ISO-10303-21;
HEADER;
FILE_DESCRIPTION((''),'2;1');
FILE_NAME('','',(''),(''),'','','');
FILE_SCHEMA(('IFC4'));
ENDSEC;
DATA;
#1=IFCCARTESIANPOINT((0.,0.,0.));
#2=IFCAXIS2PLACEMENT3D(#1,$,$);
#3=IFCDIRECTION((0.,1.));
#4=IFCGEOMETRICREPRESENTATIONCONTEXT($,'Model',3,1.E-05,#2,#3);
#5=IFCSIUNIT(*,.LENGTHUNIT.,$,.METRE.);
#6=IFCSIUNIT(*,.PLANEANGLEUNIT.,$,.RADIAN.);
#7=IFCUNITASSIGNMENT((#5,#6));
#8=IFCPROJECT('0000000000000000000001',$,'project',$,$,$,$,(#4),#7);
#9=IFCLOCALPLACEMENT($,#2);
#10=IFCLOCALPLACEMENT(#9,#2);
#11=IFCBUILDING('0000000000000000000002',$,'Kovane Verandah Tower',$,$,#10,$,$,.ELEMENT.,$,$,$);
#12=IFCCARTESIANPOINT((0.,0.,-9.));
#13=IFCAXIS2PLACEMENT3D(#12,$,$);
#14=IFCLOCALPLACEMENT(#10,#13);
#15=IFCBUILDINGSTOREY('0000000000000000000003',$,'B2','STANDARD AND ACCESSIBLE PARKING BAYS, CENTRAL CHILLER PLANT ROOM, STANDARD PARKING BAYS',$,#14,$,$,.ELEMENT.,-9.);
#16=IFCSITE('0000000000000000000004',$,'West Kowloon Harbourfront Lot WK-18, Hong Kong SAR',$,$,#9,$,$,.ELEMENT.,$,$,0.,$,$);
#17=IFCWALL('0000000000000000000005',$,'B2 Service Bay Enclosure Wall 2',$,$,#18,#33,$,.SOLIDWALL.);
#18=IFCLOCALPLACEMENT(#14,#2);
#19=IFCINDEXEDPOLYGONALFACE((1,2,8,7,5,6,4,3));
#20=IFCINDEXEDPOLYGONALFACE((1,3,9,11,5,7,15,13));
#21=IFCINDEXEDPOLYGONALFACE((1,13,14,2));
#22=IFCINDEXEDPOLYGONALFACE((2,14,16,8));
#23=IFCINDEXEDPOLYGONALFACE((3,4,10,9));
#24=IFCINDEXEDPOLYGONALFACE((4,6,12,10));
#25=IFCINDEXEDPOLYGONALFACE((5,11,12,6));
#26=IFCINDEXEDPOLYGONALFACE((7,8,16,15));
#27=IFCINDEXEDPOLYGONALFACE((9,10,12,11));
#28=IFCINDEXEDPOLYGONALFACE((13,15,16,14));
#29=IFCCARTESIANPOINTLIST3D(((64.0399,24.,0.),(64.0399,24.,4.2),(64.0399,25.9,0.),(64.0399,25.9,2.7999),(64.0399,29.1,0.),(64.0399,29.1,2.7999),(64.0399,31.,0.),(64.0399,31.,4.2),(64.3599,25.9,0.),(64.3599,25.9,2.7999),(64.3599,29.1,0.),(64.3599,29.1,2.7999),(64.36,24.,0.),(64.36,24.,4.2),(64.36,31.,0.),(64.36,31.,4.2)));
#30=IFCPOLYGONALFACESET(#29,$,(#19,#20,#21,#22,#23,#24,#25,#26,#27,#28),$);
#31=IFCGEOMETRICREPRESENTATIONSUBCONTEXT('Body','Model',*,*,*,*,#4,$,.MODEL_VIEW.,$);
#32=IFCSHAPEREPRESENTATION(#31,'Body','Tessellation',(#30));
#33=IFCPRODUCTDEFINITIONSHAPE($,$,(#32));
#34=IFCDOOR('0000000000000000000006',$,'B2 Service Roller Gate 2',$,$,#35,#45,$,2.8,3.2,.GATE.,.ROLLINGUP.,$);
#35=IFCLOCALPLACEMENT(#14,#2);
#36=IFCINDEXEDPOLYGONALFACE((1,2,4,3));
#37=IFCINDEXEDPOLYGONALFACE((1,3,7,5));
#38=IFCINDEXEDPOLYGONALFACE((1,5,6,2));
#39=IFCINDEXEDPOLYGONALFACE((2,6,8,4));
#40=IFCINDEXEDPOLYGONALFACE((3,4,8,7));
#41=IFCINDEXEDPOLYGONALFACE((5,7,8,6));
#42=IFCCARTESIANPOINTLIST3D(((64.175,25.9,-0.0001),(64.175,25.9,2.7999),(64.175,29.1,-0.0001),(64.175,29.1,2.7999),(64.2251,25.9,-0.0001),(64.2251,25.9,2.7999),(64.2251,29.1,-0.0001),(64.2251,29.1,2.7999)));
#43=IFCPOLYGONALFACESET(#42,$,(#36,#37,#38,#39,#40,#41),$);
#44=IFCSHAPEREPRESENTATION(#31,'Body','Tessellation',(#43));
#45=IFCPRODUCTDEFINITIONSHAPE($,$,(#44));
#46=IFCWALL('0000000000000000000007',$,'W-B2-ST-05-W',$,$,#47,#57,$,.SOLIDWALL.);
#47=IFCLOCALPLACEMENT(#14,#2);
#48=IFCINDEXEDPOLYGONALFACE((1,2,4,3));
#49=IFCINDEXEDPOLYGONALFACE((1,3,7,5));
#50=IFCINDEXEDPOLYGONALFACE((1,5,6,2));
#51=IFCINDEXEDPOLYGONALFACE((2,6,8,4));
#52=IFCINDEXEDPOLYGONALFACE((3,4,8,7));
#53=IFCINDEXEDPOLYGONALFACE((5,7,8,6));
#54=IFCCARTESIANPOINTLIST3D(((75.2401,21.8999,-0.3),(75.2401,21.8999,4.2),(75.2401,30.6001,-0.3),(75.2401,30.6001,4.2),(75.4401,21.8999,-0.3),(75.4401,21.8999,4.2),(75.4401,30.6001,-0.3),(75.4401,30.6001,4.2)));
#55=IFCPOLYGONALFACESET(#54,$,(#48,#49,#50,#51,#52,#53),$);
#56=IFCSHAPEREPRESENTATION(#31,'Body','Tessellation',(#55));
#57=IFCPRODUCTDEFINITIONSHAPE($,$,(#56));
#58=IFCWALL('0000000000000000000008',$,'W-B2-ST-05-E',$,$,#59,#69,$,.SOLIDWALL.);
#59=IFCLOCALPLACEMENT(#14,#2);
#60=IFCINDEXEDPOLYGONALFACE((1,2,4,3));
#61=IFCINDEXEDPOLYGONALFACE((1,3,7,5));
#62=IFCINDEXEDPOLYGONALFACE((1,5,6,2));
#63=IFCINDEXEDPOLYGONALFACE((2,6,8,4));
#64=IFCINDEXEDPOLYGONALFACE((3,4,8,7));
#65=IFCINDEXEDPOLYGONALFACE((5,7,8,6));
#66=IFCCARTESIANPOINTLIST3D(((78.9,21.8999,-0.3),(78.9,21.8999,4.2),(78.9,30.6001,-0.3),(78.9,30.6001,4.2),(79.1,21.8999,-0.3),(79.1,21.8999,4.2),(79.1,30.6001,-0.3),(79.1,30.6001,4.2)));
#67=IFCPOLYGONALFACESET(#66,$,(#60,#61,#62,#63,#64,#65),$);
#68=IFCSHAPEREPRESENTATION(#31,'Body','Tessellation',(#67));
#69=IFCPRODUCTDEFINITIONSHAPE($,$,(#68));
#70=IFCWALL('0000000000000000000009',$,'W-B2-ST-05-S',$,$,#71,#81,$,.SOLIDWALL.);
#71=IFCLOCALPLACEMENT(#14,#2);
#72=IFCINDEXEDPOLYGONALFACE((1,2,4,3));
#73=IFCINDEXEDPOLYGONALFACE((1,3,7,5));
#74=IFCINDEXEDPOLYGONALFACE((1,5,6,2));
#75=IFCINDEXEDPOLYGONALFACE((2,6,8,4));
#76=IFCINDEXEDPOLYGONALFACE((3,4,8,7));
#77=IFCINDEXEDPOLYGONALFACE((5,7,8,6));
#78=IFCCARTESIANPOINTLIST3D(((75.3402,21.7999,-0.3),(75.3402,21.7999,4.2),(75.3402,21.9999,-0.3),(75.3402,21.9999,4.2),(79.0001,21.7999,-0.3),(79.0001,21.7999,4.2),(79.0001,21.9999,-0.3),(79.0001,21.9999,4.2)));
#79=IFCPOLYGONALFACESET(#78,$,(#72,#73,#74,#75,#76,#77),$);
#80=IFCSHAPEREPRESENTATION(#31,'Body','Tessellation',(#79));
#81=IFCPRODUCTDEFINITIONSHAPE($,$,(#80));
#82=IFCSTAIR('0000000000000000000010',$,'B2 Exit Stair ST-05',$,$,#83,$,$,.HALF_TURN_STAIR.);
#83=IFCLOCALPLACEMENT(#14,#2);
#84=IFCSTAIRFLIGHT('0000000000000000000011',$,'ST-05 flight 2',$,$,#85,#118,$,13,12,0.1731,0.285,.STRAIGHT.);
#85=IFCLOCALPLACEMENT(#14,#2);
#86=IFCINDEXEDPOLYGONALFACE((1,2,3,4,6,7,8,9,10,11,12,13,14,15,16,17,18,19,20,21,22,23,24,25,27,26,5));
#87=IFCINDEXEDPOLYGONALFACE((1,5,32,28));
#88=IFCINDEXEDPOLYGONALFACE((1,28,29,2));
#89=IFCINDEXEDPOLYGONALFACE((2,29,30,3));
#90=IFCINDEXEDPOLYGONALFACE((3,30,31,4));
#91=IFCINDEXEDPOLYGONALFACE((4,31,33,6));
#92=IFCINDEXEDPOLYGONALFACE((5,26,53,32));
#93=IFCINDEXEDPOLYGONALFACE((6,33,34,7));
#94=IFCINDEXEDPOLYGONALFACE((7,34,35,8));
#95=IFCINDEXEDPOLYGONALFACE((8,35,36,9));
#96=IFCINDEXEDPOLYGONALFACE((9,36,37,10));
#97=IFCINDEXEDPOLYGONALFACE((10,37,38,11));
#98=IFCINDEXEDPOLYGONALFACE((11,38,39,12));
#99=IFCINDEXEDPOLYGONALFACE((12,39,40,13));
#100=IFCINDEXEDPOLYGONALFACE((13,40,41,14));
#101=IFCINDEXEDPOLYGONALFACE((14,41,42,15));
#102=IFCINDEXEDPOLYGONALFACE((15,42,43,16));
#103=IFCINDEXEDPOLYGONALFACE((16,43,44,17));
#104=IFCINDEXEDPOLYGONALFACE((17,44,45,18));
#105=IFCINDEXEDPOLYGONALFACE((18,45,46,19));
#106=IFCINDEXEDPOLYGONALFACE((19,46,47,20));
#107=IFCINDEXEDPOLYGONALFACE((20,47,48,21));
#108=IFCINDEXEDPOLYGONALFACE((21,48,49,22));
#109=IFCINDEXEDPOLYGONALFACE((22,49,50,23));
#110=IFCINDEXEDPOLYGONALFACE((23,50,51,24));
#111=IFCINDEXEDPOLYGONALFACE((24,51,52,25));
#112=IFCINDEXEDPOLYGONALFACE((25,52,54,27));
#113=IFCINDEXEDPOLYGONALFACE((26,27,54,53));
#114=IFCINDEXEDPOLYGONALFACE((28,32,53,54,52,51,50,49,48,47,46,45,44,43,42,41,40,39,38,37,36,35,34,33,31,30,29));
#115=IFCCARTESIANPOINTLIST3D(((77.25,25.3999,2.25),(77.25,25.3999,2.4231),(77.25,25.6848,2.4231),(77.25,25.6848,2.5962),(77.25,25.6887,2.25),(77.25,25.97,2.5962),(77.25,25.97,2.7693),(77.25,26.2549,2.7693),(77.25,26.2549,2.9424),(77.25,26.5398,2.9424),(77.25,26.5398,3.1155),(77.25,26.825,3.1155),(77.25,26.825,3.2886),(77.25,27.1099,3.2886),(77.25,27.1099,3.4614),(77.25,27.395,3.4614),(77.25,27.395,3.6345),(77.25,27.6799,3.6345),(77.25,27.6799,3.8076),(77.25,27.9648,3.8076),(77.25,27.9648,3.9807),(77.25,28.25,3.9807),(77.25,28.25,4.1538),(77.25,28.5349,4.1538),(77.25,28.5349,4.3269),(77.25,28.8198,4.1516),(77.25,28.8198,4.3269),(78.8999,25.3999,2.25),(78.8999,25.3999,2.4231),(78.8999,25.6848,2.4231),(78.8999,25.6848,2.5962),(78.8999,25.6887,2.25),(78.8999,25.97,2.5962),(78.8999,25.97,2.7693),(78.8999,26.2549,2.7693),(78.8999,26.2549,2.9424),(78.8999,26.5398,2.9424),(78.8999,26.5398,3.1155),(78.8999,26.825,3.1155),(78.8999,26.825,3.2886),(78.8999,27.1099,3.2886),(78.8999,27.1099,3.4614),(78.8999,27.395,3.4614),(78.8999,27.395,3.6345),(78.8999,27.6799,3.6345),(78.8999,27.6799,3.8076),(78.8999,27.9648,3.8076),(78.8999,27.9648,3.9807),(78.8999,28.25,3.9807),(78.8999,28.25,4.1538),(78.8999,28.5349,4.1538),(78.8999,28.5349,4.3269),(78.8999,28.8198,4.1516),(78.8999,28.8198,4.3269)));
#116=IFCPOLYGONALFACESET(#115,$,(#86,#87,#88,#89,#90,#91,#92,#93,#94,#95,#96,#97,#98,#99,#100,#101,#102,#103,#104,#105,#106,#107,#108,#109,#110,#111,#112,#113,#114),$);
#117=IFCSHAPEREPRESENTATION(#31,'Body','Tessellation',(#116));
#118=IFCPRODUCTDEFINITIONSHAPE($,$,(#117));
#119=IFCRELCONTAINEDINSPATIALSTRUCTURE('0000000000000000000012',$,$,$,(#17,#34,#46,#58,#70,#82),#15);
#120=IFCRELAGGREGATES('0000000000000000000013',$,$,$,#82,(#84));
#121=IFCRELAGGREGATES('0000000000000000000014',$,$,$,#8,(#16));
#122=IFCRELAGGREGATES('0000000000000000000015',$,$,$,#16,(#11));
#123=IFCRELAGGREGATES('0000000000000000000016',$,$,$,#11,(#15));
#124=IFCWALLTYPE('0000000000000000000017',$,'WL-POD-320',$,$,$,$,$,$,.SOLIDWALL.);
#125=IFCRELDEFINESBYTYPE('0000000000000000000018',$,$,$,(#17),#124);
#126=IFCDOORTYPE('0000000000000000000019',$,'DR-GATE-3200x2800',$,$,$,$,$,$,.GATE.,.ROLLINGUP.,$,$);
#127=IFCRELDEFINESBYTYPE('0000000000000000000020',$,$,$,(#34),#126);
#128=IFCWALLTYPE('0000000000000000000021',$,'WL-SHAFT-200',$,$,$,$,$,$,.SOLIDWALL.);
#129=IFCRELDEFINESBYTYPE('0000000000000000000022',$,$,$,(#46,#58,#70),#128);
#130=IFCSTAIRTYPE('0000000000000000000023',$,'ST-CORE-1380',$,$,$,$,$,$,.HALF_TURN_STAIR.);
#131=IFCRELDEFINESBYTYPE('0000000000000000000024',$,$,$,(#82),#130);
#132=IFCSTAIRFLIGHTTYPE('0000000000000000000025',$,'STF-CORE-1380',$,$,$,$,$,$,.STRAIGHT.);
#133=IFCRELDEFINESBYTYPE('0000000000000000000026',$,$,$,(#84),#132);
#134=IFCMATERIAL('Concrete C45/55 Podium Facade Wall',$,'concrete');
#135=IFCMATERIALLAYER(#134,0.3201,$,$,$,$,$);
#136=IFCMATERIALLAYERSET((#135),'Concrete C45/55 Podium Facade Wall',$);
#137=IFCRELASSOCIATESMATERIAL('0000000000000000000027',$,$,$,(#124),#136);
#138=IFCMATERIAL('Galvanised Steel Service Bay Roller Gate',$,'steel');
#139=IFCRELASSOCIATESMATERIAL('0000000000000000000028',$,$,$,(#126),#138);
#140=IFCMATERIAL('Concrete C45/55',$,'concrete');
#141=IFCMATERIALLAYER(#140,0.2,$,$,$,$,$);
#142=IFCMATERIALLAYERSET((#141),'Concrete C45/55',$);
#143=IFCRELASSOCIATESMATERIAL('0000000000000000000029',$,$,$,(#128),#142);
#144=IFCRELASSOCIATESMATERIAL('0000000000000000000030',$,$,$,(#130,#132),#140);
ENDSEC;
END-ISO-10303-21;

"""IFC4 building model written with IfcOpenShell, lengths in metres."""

from ifc_helpers import new_model, si_unit, direction, frame, frame_2d, origin, place, context, subcontext, project, spatial, polyline, rectangle, outline, extrude, material, layer, layer_set, type_object, element, fill, aggregate, save


model = new_model("IFC4")

# Units and contexts
model_context = context("Model", 3, precision=1e-05, world=origin(), true_north=direction((0.0, 1.0)))
body_context = subcontext(model_context, "Body", "Model", "MODEL_VIEW")
ifc_project = project(units=[si_unit("LENGTHUNIT", "METRE"), si_unit("PLANEANGLEUNIT", "RADIAN")], contexts=[model_context])

# Site, building, storey
site_placement = place(None, origin())
site = spatial("IfcSite", under=ifc_project, at=site_placement, Name="West Kowloon Harbourfront Lot WK-18, Hong Kong SAR", CompositionType="ELEMENT", RefElevation=0.0)
building_placement = place(site_placement, origin())
building = spatial("IfcBuilding", under=site, at=building_placement, Name="Kovane Verandah Tower", CompositionType="ELEMENT")
storey_placement = place(building_placement, frame((0.0, 0.0, -9.0)))
storey = spatial("IfcBuildingStorey", under=building, at=storey_placement, Name="B2", Description="STANDARD AND ACCESSIBLE PARKING BAYS, CENTRAL CHILLER PLANT ROOM, STANDARD PARKING BAYS", CompositionType="ELEMENT", Elevation=-9.0)

# Shared definitions
ifc_material_1 = material(Name="Concrete C45/55", Category="concrete")

# Wall, opening, door
ifc_material_2 = material(Name="Concrete C45/55 Podium Facade Wall", Category="concrete")
ifc_layer_1 = layer(ifc_material_2, 0.3201)
ifc_layer_set_1 = layer_set([ifc_layer_1], Name="Concrete C45/55 Podium Facade Wall")
wall_type_1 = type_object("IfcWallType", Name="WL-POD-320", PredefinedType="SOLIDWALL", material=ifc_layer_set_1)
wall_1_placement = place(storey_placement, frame((64.2, 24.0, 0.0), z_axis=(0.0, 0.0, 1.0), x_axis=(0.0, 1.0, 0.0)))
wall_1 = element("IfcWall", 1, at=wall_1_placement, inside=storey, type_object=wall_type_1, Name="B2 Service Bay Enclosure Wall 2", PredefinedType="SOLIDWALL", context=body_context, shape_type="SweptSolid", body=[
    extrude(rectangle(XDim=7.0, YDim=0.3201, at=frame_2d((3.5, 0.0))), origin(), (0.0, 0.0, 1.0), 4.2),
])
opening_placement = place(wall_1_placement, frame((1.8999, 0.0, 0.0)))
opening = element("IfcOpeningElement", 2, at=opening_placement, cuts=wall_1, PredefinedType="OPENING", context=body_context, shape_type="SweptSolid", body=[
    extrude(rectangle(XDim=3.2, YDim=2.8, at=frame_2d((1.6001, 1.3999))), frame((0.0, 0.1602, 0.0), z_axis=(0.0, -1.0, 0.0), x_axis=(1.0, 0.0, 0.0)), (0.0, 0.0, 1.0), 0.3201),
])
ifc_material_3 = material(Name="Galvanised Steel Service Bay Roller Gate", Category="steel")
door_type = type_object("IfcDoorType", Name="DR-GATE-3200x2800", OperationType="ROLLINGUP", PredefinedType="GATE", material=ifc_material_3)
door_placement = place(opening_placement, origin())
door = element("IfcDoor", 3, at=door_placement, inside=storey, type_object=door_type, Name="B2 Service Roller Gate 2", OperationType="ROLLINGUP", OverallHeight=2.8, OverallWidth=3.2, PredefinedType="GATE", context=body_context, shape_type="SweptSolid", body=[
    extrude(rectangle(XDim=3.2, YDim=2.8, at=frame_2d((1.6001, 1.3999))), frame((0.0, 0.0249, 0.0), z_axis=(0.0, -1.0, 0.0), x_axis=(1.0, 0.0, 0.0)), (0.0, 0.0, 1.0), 0.05),
])
fill(opening, door)

# Walls
ifc_layer_2 = layer(ifc_material_1, 0.2)
ifc_layer_set_2 = layer_set([ifc_layer_2], Name="Concrete C45/55")
wall_type_2 = type_object("IfcWallType", Name="WL-SHAFT-200", PredefinedType="SOLIDWALL", material=ifc_layer_set_2)
for number, where, z_axis, x_axis, name in (
    (4, (75.3401, 21.8999, -0.3), (0.0, 0.0, 1.0), (0.0, 1.0, 0.0), "W-B2-ST-05-W"),
    (5, (79.0, 21.8999, -0.3), (0.0, 0.0, 1.0), (0.0, 1.0, 0.0), "W-B2-ST-05-E"),
):
    element("IfcWall", number, at=place(storey_placement, frame(where, z_axis=z_axis, x_axis=x_axis)), inside=storey, type_object=wall_type_2, Name=name, PredefinedType="SOLIDWALL", context=body_context, shape_type="SweptSolid", body=[
        extrude(rectangle(XDim=8.7002, YDim=0.2, at=frame_2d((4.3501, 0.0))), origin(), (0.0, 0.0, 1.0), 4.5),
    ])
wall_2_placement = place(storey_placement, frame((75.3401, 21.8999, -0.3), z_axis=(0.0, 0.0, 1.0), x_axis=(1.0, 0.0, 0.0)))
element("IfcWall", 6, at=wall_2_placement, inside=storey, type_object=wall_type_2, Name="W-B2-ST-05-S", PredefinedType="SOLIDWALL", context=body_context, shape_type="SweptSolid", body=[
    extrude(rectangle(XDim=3.6599, YDim=0.2, at=frame_2d((1.8301, 0.0))), origin(), (0.0, 0.0, 1.0), 4.5),
])

# Stair, stair flight
stair_type = type_object("IfcStairType", Name="ST-CORE-1380", PredefinedType="HALF_TURN_STAIR", material=ifc_material_1)
stair_placement = place(storey_placement, origin())
stair = element("IfcStair", 7, at=stair_placement, inside=storey, type_object=stair_type, Name="B2 Exit Stair ST-05", PredefinedType="HALF_TURN_STAIR")
stair_flight_type = type_object("IfcStairFlightType", Name="STF-CORE-1380", PredefinedType="STRAIGHT", material=ifc_material_1)
stair_flight_placement = place(storey_placement, frame((78.075, 25.3999, 2.25), z_axis=(0.0, 0.0, 1.0), x_axis=(0.0, 1.0, 0.0)))
stair_flight = element("IfcStairFlight", 8, at=stair_flight_placement, type_object=stair_flight_type, Name="ST-05 flight 2", NumberOfRisers=13, NumberOfTreads=12, PredefinedType="STRAIGHT", RiserHeight=0.1731, TreadLength=0.285, context=body_context, shape_type="SweptSolid", body=[
    extrude(outline(polyline([(0.0, 0.0), (0.0, 0.1731), (0.2849, 0.1731), (0.2849, 0.3462), (0.5701, 0.3462), (0.5701, 0.5193), (0.855, 0.5193), (0.855, 0.6924), (1.1399, 0.6924), (1.1399, 0.8655), (1.425, 0.8655), (1.425, 1.0386), (1.71, 1.0386), (1.71, 1.2114), (1.9951, 1.2114), (1.9951, 1.3845), (2.28, 1.3845), (2.28, 1.5576), (2.5649, 1.5576), (2.5649, 1.7307), (2.8501, 1.7307), (2.8501, 1.9038), (3.135, 1.9038), (3.135, 2.0769), (3.4199, 2.0769), (3.4199, 2.25), (3.4199, 1.9016), (0.2888, 0.0), (0.0, 0.0)])), frame((0.0, 0.825, 0.0), z_axis=(0.0, -1.0, 0.0), x_axis=(1.0, 0.0, 0.0)), (0.0, 0.0, 1.0), 1.6499),
])
aggregate(stair, [stair_flight])

save(model, "model.ifc")
